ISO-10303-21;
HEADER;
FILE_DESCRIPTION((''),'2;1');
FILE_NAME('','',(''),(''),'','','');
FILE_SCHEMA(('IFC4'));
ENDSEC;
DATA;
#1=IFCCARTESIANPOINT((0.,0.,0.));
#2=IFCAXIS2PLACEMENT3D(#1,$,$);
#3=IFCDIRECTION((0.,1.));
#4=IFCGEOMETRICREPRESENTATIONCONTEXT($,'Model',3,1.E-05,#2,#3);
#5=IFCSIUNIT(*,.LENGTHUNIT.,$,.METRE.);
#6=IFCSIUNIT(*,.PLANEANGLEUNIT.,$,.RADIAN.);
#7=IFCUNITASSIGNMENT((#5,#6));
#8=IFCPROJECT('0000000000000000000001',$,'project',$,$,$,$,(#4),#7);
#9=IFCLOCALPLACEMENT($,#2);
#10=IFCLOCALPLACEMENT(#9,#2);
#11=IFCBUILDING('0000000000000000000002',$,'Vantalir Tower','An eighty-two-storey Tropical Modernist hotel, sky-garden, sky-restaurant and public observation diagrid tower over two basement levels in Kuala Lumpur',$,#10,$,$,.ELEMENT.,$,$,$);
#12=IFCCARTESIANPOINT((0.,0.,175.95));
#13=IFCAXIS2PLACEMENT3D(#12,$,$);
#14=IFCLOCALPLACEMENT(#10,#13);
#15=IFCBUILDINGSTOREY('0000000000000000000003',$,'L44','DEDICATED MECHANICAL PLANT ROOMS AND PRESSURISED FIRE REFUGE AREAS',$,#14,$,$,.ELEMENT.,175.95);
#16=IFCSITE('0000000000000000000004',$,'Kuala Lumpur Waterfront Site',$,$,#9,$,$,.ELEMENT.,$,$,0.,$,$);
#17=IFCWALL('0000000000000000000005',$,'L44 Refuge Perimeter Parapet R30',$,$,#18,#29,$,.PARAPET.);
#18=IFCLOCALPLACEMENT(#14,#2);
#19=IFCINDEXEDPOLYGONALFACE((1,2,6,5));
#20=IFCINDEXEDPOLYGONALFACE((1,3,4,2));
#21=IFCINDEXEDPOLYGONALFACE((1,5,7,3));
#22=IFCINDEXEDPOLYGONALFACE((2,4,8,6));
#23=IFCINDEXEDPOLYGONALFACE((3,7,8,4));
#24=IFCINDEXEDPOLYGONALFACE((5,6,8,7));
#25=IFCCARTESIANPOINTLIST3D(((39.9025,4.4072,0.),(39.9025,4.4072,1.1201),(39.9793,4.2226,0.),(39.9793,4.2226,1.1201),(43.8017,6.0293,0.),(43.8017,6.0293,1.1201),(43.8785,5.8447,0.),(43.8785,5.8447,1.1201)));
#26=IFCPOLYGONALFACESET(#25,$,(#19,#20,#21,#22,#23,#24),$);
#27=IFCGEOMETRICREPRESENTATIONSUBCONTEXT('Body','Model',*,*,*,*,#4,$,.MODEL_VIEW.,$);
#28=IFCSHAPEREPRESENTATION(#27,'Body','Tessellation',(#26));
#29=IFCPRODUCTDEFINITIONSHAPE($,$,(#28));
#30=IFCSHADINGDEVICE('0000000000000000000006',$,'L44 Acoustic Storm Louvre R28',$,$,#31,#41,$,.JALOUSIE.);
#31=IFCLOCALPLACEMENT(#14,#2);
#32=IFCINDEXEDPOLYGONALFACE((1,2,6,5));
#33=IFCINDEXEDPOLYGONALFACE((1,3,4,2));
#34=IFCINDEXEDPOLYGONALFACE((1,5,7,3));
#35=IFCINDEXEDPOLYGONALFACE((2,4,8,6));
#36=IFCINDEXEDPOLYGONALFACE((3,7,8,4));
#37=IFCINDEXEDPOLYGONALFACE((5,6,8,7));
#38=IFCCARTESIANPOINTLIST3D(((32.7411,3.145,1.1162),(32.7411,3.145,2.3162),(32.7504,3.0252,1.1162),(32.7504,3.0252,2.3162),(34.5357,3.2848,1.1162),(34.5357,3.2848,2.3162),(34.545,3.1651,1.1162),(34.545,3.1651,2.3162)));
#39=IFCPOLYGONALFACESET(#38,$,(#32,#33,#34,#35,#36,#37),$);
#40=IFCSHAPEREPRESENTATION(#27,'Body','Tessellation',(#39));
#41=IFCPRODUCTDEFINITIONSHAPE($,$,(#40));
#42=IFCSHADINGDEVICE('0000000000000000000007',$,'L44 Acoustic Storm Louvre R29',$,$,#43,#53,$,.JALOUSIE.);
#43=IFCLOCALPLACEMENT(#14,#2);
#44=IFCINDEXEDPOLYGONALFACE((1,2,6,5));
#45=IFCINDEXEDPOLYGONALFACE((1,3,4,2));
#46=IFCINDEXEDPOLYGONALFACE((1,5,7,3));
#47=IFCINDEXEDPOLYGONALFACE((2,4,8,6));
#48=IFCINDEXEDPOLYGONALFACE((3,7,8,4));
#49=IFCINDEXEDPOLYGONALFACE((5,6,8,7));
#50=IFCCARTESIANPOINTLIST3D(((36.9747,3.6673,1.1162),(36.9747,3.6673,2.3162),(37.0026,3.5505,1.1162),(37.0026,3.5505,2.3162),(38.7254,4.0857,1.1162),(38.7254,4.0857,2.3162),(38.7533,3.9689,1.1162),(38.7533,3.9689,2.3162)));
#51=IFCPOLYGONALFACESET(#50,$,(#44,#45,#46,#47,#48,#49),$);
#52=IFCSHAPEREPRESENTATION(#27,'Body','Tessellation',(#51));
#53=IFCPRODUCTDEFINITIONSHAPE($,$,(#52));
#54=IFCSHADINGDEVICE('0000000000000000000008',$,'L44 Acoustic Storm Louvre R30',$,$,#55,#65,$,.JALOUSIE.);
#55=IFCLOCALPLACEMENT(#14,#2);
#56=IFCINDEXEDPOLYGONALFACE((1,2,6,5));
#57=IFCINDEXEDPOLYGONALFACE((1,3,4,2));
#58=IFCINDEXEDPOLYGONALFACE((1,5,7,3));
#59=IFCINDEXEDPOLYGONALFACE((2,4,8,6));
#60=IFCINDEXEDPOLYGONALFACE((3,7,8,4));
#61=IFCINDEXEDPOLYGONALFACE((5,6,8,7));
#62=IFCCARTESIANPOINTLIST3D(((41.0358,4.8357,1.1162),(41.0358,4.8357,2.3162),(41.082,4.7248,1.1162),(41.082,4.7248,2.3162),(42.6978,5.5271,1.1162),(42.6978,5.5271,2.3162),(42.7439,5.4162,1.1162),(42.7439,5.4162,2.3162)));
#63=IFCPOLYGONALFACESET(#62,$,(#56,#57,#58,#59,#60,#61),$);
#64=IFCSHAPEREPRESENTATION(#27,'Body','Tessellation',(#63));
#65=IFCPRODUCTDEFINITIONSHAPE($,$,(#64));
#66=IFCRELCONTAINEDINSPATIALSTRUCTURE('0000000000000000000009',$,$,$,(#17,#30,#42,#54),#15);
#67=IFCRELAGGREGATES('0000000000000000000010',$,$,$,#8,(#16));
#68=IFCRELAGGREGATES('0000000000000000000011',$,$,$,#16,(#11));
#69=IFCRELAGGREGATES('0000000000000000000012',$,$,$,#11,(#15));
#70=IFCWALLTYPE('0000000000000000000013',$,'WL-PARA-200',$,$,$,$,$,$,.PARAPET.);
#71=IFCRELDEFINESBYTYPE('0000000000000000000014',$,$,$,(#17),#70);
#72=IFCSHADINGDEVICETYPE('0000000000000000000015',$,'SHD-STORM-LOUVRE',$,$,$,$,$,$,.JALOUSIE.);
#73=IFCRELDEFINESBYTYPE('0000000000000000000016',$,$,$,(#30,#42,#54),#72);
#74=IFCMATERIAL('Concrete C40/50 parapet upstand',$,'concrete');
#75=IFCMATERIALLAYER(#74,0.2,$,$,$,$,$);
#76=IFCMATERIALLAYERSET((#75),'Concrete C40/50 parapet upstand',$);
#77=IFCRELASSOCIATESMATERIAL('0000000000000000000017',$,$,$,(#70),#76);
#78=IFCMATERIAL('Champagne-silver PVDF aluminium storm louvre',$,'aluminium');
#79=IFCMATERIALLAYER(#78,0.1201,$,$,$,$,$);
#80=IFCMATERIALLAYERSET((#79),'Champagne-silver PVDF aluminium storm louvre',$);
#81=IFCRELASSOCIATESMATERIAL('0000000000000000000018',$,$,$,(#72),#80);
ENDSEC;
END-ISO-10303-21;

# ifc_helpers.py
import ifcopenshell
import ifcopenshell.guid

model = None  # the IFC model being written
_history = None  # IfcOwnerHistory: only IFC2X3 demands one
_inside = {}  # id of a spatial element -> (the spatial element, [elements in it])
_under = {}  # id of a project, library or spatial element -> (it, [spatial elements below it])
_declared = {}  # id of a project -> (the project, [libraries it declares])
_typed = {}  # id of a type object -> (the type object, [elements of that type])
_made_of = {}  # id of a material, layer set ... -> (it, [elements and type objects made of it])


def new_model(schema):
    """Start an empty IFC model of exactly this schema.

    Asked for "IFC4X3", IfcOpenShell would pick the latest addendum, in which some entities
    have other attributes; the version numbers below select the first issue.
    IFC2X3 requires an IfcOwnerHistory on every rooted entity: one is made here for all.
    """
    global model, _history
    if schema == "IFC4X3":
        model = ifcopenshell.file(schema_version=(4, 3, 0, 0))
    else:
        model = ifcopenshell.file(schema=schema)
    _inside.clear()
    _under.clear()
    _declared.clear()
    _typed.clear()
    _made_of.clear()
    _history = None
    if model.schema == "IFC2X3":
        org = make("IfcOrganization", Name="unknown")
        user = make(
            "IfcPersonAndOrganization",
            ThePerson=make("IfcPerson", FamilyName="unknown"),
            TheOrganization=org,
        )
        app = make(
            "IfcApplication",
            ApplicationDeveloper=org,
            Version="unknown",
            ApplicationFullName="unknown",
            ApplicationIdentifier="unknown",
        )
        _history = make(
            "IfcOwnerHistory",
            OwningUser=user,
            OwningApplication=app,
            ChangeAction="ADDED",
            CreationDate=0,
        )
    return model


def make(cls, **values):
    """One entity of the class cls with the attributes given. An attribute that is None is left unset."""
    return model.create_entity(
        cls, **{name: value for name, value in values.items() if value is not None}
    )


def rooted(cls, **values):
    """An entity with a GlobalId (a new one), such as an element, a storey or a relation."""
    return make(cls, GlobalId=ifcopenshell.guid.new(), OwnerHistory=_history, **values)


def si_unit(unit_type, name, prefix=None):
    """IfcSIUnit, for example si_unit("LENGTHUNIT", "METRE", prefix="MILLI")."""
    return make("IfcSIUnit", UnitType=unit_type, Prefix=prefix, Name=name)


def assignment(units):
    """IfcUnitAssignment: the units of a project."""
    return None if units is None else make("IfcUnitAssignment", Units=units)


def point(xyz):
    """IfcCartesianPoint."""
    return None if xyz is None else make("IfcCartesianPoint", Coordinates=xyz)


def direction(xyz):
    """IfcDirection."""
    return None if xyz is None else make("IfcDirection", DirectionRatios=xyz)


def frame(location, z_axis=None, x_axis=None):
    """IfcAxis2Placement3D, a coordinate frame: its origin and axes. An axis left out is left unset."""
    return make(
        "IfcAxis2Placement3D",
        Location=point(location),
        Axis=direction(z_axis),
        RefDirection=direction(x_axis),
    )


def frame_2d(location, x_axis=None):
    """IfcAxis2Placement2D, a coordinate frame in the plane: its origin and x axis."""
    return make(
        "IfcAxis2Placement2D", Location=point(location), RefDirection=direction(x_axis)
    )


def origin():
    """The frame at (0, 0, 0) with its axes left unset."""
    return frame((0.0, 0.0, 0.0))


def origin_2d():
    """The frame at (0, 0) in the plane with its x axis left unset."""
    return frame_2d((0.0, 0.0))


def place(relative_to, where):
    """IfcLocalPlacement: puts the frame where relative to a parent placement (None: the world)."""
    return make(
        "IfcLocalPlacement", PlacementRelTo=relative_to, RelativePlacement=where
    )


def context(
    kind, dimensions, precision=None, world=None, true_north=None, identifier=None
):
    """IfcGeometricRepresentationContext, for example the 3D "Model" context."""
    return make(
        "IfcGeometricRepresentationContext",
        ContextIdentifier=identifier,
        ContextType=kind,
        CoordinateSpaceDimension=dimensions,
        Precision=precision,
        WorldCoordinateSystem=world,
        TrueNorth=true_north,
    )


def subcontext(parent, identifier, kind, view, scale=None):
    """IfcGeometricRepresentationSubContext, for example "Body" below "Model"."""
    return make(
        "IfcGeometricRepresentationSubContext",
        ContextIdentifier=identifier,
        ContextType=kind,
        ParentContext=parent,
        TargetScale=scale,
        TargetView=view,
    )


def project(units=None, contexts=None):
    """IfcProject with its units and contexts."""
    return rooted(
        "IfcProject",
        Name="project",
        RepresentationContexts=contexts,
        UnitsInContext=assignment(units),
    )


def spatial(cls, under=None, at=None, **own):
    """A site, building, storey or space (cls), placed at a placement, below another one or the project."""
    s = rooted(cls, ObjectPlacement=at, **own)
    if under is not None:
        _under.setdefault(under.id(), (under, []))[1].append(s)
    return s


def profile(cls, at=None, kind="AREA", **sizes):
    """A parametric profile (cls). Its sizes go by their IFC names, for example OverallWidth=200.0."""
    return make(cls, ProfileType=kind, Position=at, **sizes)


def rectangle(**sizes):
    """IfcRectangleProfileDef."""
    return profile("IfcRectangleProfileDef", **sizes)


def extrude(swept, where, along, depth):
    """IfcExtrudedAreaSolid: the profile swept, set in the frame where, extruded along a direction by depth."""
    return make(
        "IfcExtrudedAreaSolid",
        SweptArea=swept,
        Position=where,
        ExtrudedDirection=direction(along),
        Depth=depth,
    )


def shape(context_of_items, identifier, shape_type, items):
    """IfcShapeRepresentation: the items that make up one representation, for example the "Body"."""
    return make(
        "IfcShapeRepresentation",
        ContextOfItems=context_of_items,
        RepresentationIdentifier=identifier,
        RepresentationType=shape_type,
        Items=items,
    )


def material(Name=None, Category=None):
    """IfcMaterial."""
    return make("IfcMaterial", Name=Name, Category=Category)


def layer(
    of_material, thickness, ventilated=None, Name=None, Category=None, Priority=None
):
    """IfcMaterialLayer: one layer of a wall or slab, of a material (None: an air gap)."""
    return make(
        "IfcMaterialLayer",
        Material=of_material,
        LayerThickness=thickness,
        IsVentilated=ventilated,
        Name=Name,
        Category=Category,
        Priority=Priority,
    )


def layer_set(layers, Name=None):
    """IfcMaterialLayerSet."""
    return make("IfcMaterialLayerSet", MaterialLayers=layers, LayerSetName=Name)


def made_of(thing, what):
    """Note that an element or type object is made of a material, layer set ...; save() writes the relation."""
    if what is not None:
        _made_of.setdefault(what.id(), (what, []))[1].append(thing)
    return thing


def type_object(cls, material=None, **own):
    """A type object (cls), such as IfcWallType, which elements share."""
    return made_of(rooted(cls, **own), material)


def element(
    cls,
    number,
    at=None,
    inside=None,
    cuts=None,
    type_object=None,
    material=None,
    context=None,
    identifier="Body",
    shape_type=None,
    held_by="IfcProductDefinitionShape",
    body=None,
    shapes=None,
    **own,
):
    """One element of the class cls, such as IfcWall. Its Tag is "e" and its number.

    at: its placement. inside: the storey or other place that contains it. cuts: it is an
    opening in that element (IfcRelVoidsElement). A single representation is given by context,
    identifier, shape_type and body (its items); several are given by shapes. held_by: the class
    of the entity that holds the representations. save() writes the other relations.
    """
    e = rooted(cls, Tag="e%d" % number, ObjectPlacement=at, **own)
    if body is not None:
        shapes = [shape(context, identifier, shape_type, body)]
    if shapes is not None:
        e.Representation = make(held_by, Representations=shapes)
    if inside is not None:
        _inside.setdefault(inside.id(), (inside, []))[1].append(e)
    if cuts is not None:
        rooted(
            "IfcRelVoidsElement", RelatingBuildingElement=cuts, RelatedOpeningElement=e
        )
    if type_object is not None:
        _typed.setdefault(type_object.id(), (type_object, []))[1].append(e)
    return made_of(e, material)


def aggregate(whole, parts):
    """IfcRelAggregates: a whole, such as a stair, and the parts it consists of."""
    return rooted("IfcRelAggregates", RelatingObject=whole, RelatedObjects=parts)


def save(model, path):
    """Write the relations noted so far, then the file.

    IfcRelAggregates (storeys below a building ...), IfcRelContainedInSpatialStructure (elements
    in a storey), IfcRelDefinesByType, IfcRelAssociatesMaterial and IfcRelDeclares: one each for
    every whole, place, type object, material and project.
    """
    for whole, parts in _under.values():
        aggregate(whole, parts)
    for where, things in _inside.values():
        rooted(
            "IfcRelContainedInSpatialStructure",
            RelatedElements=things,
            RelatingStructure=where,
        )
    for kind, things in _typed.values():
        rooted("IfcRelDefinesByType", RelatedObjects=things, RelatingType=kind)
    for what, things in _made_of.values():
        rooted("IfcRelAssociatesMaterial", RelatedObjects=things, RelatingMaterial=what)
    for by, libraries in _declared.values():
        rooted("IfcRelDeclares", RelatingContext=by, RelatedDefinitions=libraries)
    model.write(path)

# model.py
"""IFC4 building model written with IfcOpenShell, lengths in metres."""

from ifc_helpers import new_model, si_unit, direction, frame, frame_2d, origin, origin_2d, place, context, subcontext, project, spatial, rectangle, extrude, material, layer, layer_set, type_object, element, save


model = new_model("IFC4")

# Units and contexts
model_context = context("Model", 3, precision=1e-05, world=origin(), true_north=direction((0.0, 1.0)))
body_context = subcontext(model_context, "Body", "Model", "MODEL_VIEW")
ifc_project = project(units=[si_unit("LENGTHUNIT", "METRE"), si_unit("PLANEANGLEUNIT", "RADIAN")], contexts=[model_context])

# Site, building, storey
site_placement = place(None, origin())
site = spatial("IfcSite", under=ifc_project, at=site_placement, Name="Kuala Lumpur Waterfront Site", CompositionType="ELEMENT", RefElevation=0.0)
building_placement = place(site_placement, origin())
building = spatial("IfcBuilding", under=site, at=building_placement, Name="Vantalir Tower", Description="An eighty-two-storey Tropical Modernist hotel, sky-garden, sky-restaurant and public observation diagrid tower over two basement levels in Kuala Lumpur", CompositionType="ELEMENT")
storey_placement = place(building_placement, frame((0.0, 0.0, 175.95)))
storey = spatial("IfcBuildingStorey", under=building, at=storey_placement, Name="L44", Description="DEDICATED MECHANICAL PLANT ROOMS AND PRESSURISED FIRE REFUGE AREAS", CompositionType="ELEMENT", Elevation=175.95)

# Wall
ifc_material_1 = material(Name="Concrete C40/50 parapet upstand", Category="concrete")
ifc_layer_1 = layer(ifc_material_1, 0.2)
ifc_layer_set_1 = layer_set([ifc_layer_1], Name="Concrete C40/50 parapet upstand")
wall_type_1 = type_object("IfcWallType", Name="WL-PARA-200", PredefinedType="PARAPET", material=ifc_layer_set_1)
wall_1_placement = place(storey_placement, frame((39.9409, 4.3149, 0.0), z_axis=(0.0, 0.0, 1.0), x_axis=(0.923294, 0.384094, 0.0)))
element("IfcWall", 1, at=wall_1_placement, inside=storey, type_object=wall_type_1, Name="L44 Refuge Perimeter Parapet R30", PredefinedType="PARAPET", context=body_context, shape_type="SweptSolid", body=[
    extrude(rectangle(XDim=4.2231, YDim=0.2, at=frame_2d((2.1116, 0.0))), origin(), (0.0, 0.0, 1.0), 1.1201),
])

# Shading devices
ifc_material_2 = material(Name="Champagne-silver PVDF aluminium storm louvre", Category="aluminium")
ifc_layer_2 = layer(ifc_material_2, 0.1201)
ifc_layer_set_2 = layer_set([ifc_layer_2], Name="Champagne-silver PVDF aluminium storm louvre")
shading_device_type = type_object("IfcShadingDeviceType", Name="SHD-STORM-LOUVRE", PredefinedType="JALOUSIE", material=ifc_layer_set_2)
for number, where, z_axis, x_axis, name in (
    (2, (33.6431, 3.155, 1.1162), (0.0, 0.0, 1.0), (0.996977, 0.077693, 0.0), "L44 Acoustic Storm Louvre R28"),
    (3, (37.864, 3.8181, 1.1162), (0.0, 0.0, 1.0), (0.97261, 0.232444, 0.0), "L44 Acoustic Storm Louvre R29"),
    (4, (41.8899, 5.126, 1.1162), (0.0, 0.0, 1.0), (0.923291, 0.384102, 0.0), "L44 Acoustic Storm Louvre R30"),
):
    element("IfcShadingDevice", number, at=place(storey_placement, frame(where, z_axis=z_axis, x_axis=x_axis)), inside=storey, type_object=shading_device_type, Name=name, PredefinedType="JALOUSIE", context=body_context, shape_type="SweptSolid", body=[
        extrude(rectangle(XDim=1.8, YDim=0.1201, at=origin_2d()), origin(), (0.0, 0.0, 1.0), 1.2),
    ])

save(model, "model.ifc")
